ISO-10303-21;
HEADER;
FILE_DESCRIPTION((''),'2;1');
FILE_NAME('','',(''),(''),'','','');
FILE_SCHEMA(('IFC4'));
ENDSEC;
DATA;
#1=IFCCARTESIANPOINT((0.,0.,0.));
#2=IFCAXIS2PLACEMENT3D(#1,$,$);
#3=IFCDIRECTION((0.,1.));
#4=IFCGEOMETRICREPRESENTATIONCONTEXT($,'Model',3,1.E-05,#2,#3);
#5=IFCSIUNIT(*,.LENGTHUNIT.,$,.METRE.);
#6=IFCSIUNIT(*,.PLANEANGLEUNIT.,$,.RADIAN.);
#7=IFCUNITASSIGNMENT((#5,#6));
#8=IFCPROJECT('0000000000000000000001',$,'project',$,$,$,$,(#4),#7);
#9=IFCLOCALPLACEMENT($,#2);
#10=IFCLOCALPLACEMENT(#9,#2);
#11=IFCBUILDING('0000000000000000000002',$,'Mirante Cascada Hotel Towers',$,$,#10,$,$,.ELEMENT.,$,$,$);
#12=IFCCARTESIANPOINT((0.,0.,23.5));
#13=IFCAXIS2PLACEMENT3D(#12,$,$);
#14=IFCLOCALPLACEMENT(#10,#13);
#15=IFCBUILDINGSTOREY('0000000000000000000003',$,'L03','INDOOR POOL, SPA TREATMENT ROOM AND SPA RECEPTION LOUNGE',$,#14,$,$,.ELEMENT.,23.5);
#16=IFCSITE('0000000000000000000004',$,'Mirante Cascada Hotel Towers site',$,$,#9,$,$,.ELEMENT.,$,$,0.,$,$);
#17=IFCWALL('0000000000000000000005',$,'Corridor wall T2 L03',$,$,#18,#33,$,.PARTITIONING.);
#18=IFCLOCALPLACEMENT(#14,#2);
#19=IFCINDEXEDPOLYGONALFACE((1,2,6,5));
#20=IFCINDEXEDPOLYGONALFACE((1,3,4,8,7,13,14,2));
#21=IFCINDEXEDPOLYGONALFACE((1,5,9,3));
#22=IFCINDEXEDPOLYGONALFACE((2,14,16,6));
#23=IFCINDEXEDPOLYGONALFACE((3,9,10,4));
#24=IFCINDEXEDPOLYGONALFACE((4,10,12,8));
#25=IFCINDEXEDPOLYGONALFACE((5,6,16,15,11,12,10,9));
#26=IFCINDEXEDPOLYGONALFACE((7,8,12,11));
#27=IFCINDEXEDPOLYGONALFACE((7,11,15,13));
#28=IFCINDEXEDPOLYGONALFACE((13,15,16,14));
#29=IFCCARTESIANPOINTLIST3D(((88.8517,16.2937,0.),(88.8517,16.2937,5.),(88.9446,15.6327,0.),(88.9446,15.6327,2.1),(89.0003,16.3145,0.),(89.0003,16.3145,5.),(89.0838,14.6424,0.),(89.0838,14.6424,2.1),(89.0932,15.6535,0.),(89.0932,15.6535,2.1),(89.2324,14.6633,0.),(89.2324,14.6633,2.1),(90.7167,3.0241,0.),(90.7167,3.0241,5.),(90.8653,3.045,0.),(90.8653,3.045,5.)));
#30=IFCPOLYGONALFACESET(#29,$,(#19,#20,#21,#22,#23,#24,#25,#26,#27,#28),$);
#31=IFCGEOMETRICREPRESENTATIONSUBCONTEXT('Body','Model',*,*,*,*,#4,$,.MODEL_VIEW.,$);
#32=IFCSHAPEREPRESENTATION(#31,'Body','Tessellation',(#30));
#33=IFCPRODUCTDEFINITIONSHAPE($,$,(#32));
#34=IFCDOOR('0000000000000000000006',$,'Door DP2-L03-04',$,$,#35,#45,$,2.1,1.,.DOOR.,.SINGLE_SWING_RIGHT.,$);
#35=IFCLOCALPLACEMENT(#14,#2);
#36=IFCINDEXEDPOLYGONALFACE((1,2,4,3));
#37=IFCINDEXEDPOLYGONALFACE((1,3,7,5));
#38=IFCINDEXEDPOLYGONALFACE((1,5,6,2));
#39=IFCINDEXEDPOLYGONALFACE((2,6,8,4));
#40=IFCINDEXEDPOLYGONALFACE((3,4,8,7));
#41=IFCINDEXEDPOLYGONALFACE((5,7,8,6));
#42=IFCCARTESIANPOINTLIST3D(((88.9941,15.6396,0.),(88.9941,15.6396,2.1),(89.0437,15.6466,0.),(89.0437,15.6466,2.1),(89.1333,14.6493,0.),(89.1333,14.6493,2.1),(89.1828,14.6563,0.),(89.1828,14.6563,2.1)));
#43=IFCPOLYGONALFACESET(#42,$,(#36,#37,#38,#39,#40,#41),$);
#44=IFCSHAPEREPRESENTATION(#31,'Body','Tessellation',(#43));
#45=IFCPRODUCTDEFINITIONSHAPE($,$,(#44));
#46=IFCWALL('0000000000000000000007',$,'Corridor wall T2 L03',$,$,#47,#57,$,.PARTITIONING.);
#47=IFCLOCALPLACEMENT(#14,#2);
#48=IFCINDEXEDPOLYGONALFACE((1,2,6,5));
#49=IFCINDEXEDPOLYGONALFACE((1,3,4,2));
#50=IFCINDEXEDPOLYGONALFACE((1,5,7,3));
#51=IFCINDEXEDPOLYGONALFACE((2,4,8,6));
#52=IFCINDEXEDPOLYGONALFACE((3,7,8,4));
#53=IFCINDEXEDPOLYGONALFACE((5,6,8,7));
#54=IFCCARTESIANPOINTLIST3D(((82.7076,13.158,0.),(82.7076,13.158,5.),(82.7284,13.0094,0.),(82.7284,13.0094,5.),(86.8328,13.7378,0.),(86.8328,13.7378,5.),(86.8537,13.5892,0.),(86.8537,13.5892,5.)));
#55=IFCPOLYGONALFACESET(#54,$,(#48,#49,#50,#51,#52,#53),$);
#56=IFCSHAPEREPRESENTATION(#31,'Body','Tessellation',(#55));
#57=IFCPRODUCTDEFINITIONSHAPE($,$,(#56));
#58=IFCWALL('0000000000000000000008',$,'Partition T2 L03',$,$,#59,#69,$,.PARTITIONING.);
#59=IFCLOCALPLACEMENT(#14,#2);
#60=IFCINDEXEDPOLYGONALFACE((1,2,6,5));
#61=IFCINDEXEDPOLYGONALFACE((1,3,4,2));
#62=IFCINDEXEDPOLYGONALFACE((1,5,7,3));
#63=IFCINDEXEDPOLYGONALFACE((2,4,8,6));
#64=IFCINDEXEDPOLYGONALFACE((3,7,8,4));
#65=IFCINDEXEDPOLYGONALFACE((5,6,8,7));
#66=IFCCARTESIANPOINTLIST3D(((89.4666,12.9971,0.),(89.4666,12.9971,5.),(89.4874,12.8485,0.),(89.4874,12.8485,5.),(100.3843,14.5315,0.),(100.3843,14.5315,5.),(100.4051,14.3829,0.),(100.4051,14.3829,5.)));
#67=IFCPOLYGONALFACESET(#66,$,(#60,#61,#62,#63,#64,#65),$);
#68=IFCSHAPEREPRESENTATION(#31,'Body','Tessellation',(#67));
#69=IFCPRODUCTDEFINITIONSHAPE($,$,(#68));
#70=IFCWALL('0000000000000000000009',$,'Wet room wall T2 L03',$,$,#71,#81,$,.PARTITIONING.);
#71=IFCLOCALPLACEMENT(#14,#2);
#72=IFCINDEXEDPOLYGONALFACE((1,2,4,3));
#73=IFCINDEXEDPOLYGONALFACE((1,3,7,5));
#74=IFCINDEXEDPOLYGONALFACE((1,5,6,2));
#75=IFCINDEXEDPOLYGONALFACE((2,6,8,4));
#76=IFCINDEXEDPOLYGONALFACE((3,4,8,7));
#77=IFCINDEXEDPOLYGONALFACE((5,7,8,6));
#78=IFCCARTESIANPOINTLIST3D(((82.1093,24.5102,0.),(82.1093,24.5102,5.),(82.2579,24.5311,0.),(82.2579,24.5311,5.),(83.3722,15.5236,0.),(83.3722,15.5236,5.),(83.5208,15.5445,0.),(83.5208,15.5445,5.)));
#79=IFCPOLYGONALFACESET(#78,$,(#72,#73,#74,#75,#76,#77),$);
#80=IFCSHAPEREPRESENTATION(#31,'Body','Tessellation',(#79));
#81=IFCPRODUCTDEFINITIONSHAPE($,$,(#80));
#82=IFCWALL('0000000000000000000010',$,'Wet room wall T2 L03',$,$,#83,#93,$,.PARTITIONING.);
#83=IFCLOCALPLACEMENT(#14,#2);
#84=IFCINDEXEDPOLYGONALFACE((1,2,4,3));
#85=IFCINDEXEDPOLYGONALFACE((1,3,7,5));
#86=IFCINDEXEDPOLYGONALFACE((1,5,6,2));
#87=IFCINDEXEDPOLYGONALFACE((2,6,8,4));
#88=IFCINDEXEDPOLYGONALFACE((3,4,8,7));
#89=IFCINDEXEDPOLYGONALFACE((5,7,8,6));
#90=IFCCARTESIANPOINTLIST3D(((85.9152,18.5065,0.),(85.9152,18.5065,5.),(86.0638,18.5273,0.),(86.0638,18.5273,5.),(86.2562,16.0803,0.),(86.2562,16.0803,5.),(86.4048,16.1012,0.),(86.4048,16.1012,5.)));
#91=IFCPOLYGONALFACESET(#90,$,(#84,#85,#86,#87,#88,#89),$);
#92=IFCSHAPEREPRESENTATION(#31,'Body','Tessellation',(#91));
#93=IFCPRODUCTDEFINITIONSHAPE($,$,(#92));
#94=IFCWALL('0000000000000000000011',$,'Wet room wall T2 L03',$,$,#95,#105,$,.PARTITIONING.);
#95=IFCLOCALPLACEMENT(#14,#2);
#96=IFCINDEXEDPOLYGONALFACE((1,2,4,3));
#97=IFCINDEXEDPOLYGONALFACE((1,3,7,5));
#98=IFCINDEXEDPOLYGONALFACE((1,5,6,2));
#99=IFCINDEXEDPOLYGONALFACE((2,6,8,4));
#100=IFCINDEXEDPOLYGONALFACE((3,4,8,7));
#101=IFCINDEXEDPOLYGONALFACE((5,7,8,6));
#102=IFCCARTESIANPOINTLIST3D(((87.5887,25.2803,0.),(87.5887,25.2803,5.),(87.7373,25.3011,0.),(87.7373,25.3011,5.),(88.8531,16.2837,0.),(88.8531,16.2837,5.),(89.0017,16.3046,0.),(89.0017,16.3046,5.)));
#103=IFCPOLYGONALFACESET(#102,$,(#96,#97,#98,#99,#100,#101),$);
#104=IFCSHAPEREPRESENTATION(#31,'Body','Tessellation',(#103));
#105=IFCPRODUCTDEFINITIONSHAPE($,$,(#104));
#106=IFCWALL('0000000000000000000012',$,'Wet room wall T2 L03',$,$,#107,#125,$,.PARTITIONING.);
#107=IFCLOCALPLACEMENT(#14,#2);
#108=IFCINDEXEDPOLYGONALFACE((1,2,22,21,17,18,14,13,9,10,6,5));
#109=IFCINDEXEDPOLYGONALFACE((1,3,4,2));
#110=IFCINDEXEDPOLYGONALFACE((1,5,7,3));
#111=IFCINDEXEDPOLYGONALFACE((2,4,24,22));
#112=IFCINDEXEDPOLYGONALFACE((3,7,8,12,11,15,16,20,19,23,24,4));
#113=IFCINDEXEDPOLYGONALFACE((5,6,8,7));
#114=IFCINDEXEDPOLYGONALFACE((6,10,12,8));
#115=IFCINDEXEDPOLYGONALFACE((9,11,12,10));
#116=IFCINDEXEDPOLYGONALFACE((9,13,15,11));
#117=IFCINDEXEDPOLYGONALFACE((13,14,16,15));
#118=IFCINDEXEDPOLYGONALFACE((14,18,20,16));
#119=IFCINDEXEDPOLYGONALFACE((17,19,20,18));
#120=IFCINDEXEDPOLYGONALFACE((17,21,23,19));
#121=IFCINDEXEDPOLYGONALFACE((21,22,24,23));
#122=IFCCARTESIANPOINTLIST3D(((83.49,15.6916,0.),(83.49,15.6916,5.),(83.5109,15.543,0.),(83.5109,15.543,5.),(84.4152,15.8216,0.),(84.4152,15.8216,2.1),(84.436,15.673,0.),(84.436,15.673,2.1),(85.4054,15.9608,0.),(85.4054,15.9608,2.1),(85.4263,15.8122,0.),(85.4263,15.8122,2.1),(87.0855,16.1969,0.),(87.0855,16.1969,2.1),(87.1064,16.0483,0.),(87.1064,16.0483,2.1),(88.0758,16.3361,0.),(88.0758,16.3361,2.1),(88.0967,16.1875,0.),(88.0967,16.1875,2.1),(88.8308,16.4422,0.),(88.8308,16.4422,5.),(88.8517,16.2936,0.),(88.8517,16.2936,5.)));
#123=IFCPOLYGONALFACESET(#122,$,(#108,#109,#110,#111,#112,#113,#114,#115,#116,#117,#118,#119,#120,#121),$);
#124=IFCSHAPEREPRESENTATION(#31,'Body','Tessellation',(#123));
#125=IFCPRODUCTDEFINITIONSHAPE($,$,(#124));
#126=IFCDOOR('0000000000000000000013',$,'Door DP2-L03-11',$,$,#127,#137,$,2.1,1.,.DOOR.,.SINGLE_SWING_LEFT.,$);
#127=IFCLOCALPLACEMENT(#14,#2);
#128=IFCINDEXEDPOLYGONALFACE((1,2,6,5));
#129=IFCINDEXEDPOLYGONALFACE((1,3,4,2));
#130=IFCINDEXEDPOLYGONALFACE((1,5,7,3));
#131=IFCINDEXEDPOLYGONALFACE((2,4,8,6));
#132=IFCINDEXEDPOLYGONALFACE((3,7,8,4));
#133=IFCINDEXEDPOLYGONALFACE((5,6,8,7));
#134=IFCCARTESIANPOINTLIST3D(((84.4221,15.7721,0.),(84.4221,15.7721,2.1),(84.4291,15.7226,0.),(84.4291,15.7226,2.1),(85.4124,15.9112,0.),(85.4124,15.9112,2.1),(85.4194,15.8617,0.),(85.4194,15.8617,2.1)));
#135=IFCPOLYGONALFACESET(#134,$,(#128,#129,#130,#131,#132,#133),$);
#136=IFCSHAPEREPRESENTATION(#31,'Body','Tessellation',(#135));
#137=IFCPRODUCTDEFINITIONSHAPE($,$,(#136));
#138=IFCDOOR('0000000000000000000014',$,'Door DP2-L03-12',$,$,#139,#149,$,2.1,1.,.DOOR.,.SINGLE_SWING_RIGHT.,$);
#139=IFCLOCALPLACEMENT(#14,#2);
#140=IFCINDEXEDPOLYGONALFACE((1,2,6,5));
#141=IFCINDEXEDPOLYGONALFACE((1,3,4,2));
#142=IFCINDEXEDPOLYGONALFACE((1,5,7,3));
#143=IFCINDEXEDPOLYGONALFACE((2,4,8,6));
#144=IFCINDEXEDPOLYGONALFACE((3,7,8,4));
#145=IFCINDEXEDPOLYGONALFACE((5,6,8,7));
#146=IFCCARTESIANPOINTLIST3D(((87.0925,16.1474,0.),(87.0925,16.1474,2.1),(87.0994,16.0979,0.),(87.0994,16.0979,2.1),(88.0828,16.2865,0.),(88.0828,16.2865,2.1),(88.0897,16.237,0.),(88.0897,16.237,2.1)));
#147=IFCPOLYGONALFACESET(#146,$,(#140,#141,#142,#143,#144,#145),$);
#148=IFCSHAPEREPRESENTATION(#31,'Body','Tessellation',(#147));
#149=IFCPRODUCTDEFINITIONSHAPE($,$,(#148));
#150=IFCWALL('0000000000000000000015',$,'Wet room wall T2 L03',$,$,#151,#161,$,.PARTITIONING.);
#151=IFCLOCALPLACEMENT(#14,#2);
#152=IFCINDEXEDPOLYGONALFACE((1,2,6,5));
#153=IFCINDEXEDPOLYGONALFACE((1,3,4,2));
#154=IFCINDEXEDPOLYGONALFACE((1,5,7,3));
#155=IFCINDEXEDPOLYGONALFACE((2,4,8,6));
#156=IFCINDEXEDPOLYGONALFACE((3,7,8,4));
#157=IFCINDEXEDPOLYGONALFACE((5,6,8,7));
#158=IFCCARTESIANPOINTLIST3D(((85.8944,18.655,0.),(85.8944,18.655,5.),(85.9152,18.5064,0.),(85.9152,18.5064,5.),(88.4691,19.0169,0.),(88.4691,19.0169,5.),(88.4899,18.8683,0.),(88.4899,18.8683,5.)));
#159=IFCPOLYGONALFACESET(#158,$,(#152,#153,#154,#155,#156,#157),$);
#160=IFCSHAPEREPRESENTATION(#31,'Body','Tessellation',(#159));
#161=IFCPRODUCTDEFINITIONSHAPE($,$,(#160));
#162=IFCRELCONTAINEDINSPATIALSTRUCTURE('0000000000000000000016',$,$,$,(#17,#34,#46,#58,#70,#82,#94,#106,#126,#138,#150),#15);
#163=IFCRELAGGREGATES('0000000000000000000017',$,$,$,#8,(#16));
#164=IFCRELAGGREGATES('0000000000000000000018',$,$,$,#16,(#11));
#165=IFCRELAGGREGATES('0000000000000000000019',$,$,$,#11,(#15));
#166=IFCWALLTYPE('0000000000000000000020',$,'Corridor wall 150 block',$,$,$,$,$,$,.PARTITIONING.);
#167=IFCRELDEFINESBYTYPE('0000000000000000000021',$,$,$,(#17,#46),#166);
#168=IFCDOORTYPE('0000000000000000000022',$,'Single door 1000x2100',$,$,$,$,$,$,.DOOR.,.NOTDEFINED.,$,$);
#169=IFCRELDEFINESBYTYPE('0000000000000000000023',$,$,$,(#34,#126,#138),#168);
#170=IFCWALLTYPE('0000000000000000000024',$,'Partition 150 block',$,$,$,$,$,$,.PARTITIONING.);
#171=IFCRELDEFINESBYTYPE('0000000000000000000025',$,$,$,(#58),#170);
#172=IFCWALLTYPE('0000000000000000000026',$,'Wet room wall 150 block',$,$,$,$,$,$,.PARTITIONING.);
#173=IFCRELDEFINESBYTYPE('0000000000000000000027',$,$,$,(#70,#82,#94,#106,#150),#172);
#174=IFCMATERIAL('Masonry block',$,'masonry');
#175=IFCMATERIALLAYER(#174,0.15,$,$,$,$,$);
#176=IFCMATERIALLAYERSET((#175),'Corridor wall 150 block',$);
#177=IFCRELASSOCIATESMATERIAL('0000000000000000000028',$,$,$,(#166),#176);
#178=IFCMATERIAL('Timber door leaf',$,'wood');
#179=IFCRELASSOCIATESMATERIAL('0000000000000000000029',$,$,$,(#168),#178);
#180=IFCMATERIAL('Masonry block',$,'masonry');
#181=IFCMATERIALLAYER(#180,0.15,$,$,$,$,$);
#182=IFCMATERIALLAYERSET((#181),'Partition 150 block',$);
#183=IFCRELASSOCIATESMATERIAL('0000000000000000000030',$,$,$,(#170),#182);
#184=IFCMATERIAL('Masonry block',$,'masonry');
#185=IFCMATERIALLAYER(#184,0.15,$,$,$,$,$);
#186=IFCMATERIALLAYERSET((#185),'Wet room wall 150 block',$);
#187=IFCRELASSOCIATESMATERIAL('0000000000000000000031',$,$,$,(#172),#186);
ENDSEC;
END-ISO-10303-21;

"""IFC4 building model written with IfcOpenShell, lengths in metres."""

from ifc_helpers import new_model, si_unit, direction, frame, frame_2d, origin, place, context, subcontext, project, spatial, rectangle, extrude, material, layer, layer_set, type_object, element, fill, save


model = new_model("IFC4")

# Units and contexts
model_context = context("Model", 3, precision=1e-05, world=origin(), true_north=direction((0.0, 1.0)))
body_context = subcontext(model_context, "Body", "Model", "MODEL_VIEW")
ifc_project = project(units=[si_unit("LENGTHUNIT", "METRE"), si_unit("PLANEANGLEUNIT", "RADIAN")], contexts=[model_context])

# Site, building, storey
site_placement = place(None, origin())
site = spatial("IfcSite", under=ifc_project, at=site_placement, Name="Mirante Cascada Hotel Towers site", CompositionType="ELEMENT", RefElevation=0.0)
building_placement = place(site_placement, origin())
building = spatial("IfcBuilding", under=site, at=building_placement, Name="Mirante Cascada Hotel Towers", CompositionType="ELEMENT")
storey_placement = place(building_placement, frame((0.0, 0.0, 23.5)))
storey = spatial("IfcBuildingStorey", under=building, at=storey_placement, Name="L03", Description="INDOOR POOL, SPA TREATMENT ROOM AND SPA RECEPTION LOUNGE", CompositionType="ELEMENT", Elevation=23.5)

# Shared definitions
ifc_material_1 = material(Name="Masonry block", Category="masonry")
ifc_layer_1 = layer(ifc_material_1, 0.15)
ifc_layer_set_1 = layer_set([ifc_layer_1], Name="Corridor wall 150 block")
wall_type_1 = type_object("IfcWallType", Name="Corridor wall 150 block", PredefinedType="PARTITIONING", material=ifc_layer_set_1)

# Wall, opening, door
wall_1_placement = place(storey_placement, frame((88.926, 16.3041, 0.0), z_axis=(0.0, 0.0, 1.0), x_axis=(0.139179, -0.990267, 0.0)))
wall_1 = element("IfcWall", 1, at=wall_1_placement, inside=storey, type_object=wall_type_1, Name="Corridor wall T2 L03", PredefinedType="PARTITIONING", context=body_context, shape_type="SweptSolid", body=[
    extrude(rectangle(XDim=13.4, YDim=0.15, at=frame_2d((6.7, 0.0))), origin(), (0.0, 0.0, 1.0), 5.0),
])
opening_1_placement = place(wall_1_placement, frame((0.6675, 0.0, 0.0)))
opening_1 = element("IfcOpeningElement", 2, at=opening_1_placement, cuts=wall_1, PredefinedType="OPENING", context=body_context, shape_type="SweptSolid", body=[
    extrude(rectangle(XDim=1.0, YDim=2.1, at=frame_2d((0.5, 1.05))), frame((0.0, 0.075, 0.0), z_axis=(0.0, -1.0, 0.0), x_axis=(1.0, 0.0, 0.0)), (0.0, 0.0, 1.0), 0.15),
])
ifc_material_2 = material(Name="Timber door leaf", Category="wood")
door_type = type_object("IfcDoorType", Name="Single door 1000x2100", OperationType="NOTDEFINED", PredefinedType="DOOR", material=ifc_material_2)
door_1_placement = place(opening_1_placement, origin())
door_1 = element("IfcDoor", 3, at=door_1_placement, inside=storey, type_object=door_type, Name="Door DP2-L03-04", OperationType="SINGLE_SWING_RIGHT", OverallHeight=2.1, OverallWidth=1.0, PredefinedType="DOOR", context=body_context, shape_type="SweptSolid", body=[
    extrude(rectangle(XDim=1.0, YDim=2.1, at=frame_2d((0.5, 1.05))), frame((0.0, 0.025, 0.0), z_axis=(0.0, -1.0, 0.0), x_axis=(1.0, 0.0, 0.0)), (0.0, 0.0, 1.0), 0.05),
])
fill(opening_1, door_1)

# Walls
wall_2_placement = place(storey_placement, frame((82.718, 13.0837, 0.0), z_axis=(0.0, 0.0, 1.0), x_axis=(0.990267, 0.139179, 0.0)))
element("IfcWall", 4, at=wall_2_placement, inside=storey, type_object=wall_type_1, Name="Corridor wall T2 L03", PredefinedType="PARTITIONING", context=body_context, shape_type="SweptSolid", body=[
    extrude(rectangle(XDim=4.1658, YDim=0.15, at=frame_2d((2.0829, 0.0))), origin(), (0.0, 0.0, 1.0), 5.0),
])
ifc_material_3 = material(Name="Masonry block", Category="masonry")
ifc_layer_2 = layer(ifc_material_3, 0.15)
ifc_layer_set_2 = layer_set([ifc_layer_2], Name="Partition 150 block")
wall_type_2 = type_object("IfcWallType", Name="Partition 150 block", PredefinedType="PARTITIONING", material=ifc_layer_set_2)
wall_3_placement = place(storey_placement, frame((89.477, 12.9228, 0.0), z_axis=(0.0, 0.0, 1.0), x_axis=(0.990268, 0.139175, 0.0)))
element("IfcWall", 5, at=wall_3_placement, inside=storey, type_object=wall_type_2, Name="Partition T2 L03", PredefinedType="PARTITIONING", context=body_context, shape_type="SweptSolid", body=[
    extrude(rectangle(XDim=11.025, YDim=0.15, at=frame_2d((5.5125, 0.0))), origin(), (0.0, 0.0, 1.0), 5.0),
])
ifc_material_4 = material(Name="Masonry block", Category="masonry")
ifc_layer_3 = layer(ifc_material_4, 0.15)
ifc_layer_set_3 = layer_set([ifc_layer_3], Name="Wet room wall 150 block")
wall_type_3 = type_object("IfcWallType", Name="Wet room wall 150 block", PredefinedType="PARTITIONING", material=ifc_layer_set_3)
wall_4_placement = place(storey_placement, frame((82.1836, 24.5206, 0.0), z_axis=(0.0, 0.0, 1.0), x_axis=(0.139164, -0.990269, 0.0)))
element("IfcWall", 6, at=wall_4_placement, inside=storey, type_object=wall_type_3, Name="Wet room wall T2 L03", PredefinedType="PARTITIONING", context=body_context, shape_type="SweptSolid", body=[
    extrude(rectangle(XDim=9.0749, YDim=0.15, at=frame_2d((4.5374, 0.0))), origin(), (0.0, 0.0, 1.0), 5.0),
])
wall_5_placement = place(storey_placement, frame((85.9895, 18.5169, 0.0), z_axis=(0.0, 0.0, 1.0), x_axis=(0.139181, -0.990267, 0.0)))
element("IfcWall", 7, at=wall_5_placement, inside=storey, type_object=wall_type_3, Name="Wet room wall T2 L03", PredefinedType="PARTITIONING", context=body_context, shape_type="SweptSolid", body=[
    extrude(rectangle(XDim=2.45, YDim=0.15, at=frame_2d((1.225, 0.0))), origin(), (0.0, 0.0, 1.0), 5.0),
])
wall_6_placement = place(storey_placement, frame((87.663, 25.2907, 0.0), z_axis=(0.0, 0.0, 1.0), x_axis=(0.139174, -0.990268, 0.0)))
element("IfcWall", 8, at=wall_6_placement, inside=storey, type_object=wall_type_3, Name="Wet room wall T2 L03", PredefinedType="PARTITIONING", context=body_context, shape_type="SweptSolid", body=[
    extrude(rectangle(XDim=9.085, YDim=0.15, at=frame_2d((4.5425, 0.0))), origin(), (0.0, 0.0, 1.0), 5.0),
])

# Wall, openings, doors
wall_7_placement = place(storey_placement, frame((83.5005, 15.6173, 0.0), z_axis=(0.0, 0.0, 1.0), x_axis=(0.990268, 0.139173, 0.0)))
wall_7 = element("IfcWall", 9, at=wall_7_placement, inside=storey, type_object=wall_type_3, Name="Wet room wall T2 L03", PredefinedType="PARTITIONING", context=body_context, shape_type="SweptSolid", body=[
    extrude(rectangle(XDim=5.3933, YDim=0.15, at=frame_2d((2.6966, 0.0))), origin(), (0.0, 0.0, 1.0), 5.0),
])
opening_2_placement = place(wall_7_placement, frame((0.9342, 0.0, 0.0)))
opening_2 = element("IfcOpeningElement", 10, at=opening_2_placement, cuts=wall_7, PredefinedType="OPENING", context=body_context, shape_type="SweptSolid", body=[
    extrude(rectangle(XDim=1.0, YDim=2.1, at=frame_2d((0.5, 1.05))), frame((0.0, 0.075, 0.0), z_axis=(0.0, -1.0, 0.0), x_axis=(1.0, 0.0, 0.0)), (0.0, 0.0, 1.0), 0.15),
])
opening_3_placement = place(wall_7_placement, frame((3.6308, 0.0, 0.0)))
opening_3 = element("IfcOpeningElement", 11, at=opening_3_placement, cuts=wall_7, PredefinedType="OPENING", context=body_context, shape_type="SweptSolid", body=[
    extrude(rectangle(XDim=1.0, YDim=2.1, at=frame_2d((0.5, 1.05))), frame((0.0, 0.075, 0.0), z_axis=(0.0, -1.0, 0.0), x_axis=(1.0, 0.0, 0.0)), (0.0, 0.0, 1.0), 0.15),
])
door_2_placement = place(opening_2_placement, origin())
door_2 = element("IfcDoor", 12, at=door_2_placement, inside=storey, type_object=door_type, Name="Door DP2-L03-11", OperationType="SINGLE_SWING_LEFT", OverallHeight=2.1, OverallWidth=1.0, PredefinedType="DOOR", context=body_context, shape_type="SweptSolid", body=[
    extrude(rectangle(XDim=1.0, YDim=2.1, at=frame_2d((0.5, 1.05))), frame((0.0, 0.025, 0.0), z_axis=(0.0, -1.0, 0.0), x_axis=(1.0, 0.0, 0.0)), (0.0, 0.0, 1.0), 0.05),
])
fill(opening_2, door_2)
door_3_placement = place(opening_3_placement, origin())
door_3 = element("IfcDoor", 13, at=door_3_placement, inside=storey, type_object=door_type, Name="Door DP2-L03-12", OperationType="SINGLE_SWING_RIGHT", OverallHeight=2.1, OverallWidth=1.0, PredefinedType="DOOR", context=body_context, shape_type="SweptSolid", body=[
    extrude(rectangle(XDim=1.0, YDim=2.1, at=frame_2d((0.5, 1.05))), frame((0.0, 0.025, 0.0), z_axis=(0.0, -1.0, 0.0), x_axis=(1.0, 0.0, 0.0)), (0.0, 0.0, 1.0), 0.05),
])
fill(opening_3, door_3)

# Wall
wall_8_placement = place(storey_placement, frame((85.9048, 18.5807, 0.0), z_axis=(0.0, 0.0, 1.0), x_axis=(0.990265, 0.139192, 0.0)))
element("IfcWall", 14, at=wall_8_placement, inside=storey, type_object=wall_type_3, Name="Wet room wall T2 L03", PredefinedType="PARTITIONING", context=body_context, shape_type="SweptSolid", body=[
    extrude(rectangle(XDim=2.6, YDim=0.15, at=frame_2d((1.3, 0.0))), origin(), (0.0, 0.0, 1.0), 5.0),
])

save(model, "model.ifc")
